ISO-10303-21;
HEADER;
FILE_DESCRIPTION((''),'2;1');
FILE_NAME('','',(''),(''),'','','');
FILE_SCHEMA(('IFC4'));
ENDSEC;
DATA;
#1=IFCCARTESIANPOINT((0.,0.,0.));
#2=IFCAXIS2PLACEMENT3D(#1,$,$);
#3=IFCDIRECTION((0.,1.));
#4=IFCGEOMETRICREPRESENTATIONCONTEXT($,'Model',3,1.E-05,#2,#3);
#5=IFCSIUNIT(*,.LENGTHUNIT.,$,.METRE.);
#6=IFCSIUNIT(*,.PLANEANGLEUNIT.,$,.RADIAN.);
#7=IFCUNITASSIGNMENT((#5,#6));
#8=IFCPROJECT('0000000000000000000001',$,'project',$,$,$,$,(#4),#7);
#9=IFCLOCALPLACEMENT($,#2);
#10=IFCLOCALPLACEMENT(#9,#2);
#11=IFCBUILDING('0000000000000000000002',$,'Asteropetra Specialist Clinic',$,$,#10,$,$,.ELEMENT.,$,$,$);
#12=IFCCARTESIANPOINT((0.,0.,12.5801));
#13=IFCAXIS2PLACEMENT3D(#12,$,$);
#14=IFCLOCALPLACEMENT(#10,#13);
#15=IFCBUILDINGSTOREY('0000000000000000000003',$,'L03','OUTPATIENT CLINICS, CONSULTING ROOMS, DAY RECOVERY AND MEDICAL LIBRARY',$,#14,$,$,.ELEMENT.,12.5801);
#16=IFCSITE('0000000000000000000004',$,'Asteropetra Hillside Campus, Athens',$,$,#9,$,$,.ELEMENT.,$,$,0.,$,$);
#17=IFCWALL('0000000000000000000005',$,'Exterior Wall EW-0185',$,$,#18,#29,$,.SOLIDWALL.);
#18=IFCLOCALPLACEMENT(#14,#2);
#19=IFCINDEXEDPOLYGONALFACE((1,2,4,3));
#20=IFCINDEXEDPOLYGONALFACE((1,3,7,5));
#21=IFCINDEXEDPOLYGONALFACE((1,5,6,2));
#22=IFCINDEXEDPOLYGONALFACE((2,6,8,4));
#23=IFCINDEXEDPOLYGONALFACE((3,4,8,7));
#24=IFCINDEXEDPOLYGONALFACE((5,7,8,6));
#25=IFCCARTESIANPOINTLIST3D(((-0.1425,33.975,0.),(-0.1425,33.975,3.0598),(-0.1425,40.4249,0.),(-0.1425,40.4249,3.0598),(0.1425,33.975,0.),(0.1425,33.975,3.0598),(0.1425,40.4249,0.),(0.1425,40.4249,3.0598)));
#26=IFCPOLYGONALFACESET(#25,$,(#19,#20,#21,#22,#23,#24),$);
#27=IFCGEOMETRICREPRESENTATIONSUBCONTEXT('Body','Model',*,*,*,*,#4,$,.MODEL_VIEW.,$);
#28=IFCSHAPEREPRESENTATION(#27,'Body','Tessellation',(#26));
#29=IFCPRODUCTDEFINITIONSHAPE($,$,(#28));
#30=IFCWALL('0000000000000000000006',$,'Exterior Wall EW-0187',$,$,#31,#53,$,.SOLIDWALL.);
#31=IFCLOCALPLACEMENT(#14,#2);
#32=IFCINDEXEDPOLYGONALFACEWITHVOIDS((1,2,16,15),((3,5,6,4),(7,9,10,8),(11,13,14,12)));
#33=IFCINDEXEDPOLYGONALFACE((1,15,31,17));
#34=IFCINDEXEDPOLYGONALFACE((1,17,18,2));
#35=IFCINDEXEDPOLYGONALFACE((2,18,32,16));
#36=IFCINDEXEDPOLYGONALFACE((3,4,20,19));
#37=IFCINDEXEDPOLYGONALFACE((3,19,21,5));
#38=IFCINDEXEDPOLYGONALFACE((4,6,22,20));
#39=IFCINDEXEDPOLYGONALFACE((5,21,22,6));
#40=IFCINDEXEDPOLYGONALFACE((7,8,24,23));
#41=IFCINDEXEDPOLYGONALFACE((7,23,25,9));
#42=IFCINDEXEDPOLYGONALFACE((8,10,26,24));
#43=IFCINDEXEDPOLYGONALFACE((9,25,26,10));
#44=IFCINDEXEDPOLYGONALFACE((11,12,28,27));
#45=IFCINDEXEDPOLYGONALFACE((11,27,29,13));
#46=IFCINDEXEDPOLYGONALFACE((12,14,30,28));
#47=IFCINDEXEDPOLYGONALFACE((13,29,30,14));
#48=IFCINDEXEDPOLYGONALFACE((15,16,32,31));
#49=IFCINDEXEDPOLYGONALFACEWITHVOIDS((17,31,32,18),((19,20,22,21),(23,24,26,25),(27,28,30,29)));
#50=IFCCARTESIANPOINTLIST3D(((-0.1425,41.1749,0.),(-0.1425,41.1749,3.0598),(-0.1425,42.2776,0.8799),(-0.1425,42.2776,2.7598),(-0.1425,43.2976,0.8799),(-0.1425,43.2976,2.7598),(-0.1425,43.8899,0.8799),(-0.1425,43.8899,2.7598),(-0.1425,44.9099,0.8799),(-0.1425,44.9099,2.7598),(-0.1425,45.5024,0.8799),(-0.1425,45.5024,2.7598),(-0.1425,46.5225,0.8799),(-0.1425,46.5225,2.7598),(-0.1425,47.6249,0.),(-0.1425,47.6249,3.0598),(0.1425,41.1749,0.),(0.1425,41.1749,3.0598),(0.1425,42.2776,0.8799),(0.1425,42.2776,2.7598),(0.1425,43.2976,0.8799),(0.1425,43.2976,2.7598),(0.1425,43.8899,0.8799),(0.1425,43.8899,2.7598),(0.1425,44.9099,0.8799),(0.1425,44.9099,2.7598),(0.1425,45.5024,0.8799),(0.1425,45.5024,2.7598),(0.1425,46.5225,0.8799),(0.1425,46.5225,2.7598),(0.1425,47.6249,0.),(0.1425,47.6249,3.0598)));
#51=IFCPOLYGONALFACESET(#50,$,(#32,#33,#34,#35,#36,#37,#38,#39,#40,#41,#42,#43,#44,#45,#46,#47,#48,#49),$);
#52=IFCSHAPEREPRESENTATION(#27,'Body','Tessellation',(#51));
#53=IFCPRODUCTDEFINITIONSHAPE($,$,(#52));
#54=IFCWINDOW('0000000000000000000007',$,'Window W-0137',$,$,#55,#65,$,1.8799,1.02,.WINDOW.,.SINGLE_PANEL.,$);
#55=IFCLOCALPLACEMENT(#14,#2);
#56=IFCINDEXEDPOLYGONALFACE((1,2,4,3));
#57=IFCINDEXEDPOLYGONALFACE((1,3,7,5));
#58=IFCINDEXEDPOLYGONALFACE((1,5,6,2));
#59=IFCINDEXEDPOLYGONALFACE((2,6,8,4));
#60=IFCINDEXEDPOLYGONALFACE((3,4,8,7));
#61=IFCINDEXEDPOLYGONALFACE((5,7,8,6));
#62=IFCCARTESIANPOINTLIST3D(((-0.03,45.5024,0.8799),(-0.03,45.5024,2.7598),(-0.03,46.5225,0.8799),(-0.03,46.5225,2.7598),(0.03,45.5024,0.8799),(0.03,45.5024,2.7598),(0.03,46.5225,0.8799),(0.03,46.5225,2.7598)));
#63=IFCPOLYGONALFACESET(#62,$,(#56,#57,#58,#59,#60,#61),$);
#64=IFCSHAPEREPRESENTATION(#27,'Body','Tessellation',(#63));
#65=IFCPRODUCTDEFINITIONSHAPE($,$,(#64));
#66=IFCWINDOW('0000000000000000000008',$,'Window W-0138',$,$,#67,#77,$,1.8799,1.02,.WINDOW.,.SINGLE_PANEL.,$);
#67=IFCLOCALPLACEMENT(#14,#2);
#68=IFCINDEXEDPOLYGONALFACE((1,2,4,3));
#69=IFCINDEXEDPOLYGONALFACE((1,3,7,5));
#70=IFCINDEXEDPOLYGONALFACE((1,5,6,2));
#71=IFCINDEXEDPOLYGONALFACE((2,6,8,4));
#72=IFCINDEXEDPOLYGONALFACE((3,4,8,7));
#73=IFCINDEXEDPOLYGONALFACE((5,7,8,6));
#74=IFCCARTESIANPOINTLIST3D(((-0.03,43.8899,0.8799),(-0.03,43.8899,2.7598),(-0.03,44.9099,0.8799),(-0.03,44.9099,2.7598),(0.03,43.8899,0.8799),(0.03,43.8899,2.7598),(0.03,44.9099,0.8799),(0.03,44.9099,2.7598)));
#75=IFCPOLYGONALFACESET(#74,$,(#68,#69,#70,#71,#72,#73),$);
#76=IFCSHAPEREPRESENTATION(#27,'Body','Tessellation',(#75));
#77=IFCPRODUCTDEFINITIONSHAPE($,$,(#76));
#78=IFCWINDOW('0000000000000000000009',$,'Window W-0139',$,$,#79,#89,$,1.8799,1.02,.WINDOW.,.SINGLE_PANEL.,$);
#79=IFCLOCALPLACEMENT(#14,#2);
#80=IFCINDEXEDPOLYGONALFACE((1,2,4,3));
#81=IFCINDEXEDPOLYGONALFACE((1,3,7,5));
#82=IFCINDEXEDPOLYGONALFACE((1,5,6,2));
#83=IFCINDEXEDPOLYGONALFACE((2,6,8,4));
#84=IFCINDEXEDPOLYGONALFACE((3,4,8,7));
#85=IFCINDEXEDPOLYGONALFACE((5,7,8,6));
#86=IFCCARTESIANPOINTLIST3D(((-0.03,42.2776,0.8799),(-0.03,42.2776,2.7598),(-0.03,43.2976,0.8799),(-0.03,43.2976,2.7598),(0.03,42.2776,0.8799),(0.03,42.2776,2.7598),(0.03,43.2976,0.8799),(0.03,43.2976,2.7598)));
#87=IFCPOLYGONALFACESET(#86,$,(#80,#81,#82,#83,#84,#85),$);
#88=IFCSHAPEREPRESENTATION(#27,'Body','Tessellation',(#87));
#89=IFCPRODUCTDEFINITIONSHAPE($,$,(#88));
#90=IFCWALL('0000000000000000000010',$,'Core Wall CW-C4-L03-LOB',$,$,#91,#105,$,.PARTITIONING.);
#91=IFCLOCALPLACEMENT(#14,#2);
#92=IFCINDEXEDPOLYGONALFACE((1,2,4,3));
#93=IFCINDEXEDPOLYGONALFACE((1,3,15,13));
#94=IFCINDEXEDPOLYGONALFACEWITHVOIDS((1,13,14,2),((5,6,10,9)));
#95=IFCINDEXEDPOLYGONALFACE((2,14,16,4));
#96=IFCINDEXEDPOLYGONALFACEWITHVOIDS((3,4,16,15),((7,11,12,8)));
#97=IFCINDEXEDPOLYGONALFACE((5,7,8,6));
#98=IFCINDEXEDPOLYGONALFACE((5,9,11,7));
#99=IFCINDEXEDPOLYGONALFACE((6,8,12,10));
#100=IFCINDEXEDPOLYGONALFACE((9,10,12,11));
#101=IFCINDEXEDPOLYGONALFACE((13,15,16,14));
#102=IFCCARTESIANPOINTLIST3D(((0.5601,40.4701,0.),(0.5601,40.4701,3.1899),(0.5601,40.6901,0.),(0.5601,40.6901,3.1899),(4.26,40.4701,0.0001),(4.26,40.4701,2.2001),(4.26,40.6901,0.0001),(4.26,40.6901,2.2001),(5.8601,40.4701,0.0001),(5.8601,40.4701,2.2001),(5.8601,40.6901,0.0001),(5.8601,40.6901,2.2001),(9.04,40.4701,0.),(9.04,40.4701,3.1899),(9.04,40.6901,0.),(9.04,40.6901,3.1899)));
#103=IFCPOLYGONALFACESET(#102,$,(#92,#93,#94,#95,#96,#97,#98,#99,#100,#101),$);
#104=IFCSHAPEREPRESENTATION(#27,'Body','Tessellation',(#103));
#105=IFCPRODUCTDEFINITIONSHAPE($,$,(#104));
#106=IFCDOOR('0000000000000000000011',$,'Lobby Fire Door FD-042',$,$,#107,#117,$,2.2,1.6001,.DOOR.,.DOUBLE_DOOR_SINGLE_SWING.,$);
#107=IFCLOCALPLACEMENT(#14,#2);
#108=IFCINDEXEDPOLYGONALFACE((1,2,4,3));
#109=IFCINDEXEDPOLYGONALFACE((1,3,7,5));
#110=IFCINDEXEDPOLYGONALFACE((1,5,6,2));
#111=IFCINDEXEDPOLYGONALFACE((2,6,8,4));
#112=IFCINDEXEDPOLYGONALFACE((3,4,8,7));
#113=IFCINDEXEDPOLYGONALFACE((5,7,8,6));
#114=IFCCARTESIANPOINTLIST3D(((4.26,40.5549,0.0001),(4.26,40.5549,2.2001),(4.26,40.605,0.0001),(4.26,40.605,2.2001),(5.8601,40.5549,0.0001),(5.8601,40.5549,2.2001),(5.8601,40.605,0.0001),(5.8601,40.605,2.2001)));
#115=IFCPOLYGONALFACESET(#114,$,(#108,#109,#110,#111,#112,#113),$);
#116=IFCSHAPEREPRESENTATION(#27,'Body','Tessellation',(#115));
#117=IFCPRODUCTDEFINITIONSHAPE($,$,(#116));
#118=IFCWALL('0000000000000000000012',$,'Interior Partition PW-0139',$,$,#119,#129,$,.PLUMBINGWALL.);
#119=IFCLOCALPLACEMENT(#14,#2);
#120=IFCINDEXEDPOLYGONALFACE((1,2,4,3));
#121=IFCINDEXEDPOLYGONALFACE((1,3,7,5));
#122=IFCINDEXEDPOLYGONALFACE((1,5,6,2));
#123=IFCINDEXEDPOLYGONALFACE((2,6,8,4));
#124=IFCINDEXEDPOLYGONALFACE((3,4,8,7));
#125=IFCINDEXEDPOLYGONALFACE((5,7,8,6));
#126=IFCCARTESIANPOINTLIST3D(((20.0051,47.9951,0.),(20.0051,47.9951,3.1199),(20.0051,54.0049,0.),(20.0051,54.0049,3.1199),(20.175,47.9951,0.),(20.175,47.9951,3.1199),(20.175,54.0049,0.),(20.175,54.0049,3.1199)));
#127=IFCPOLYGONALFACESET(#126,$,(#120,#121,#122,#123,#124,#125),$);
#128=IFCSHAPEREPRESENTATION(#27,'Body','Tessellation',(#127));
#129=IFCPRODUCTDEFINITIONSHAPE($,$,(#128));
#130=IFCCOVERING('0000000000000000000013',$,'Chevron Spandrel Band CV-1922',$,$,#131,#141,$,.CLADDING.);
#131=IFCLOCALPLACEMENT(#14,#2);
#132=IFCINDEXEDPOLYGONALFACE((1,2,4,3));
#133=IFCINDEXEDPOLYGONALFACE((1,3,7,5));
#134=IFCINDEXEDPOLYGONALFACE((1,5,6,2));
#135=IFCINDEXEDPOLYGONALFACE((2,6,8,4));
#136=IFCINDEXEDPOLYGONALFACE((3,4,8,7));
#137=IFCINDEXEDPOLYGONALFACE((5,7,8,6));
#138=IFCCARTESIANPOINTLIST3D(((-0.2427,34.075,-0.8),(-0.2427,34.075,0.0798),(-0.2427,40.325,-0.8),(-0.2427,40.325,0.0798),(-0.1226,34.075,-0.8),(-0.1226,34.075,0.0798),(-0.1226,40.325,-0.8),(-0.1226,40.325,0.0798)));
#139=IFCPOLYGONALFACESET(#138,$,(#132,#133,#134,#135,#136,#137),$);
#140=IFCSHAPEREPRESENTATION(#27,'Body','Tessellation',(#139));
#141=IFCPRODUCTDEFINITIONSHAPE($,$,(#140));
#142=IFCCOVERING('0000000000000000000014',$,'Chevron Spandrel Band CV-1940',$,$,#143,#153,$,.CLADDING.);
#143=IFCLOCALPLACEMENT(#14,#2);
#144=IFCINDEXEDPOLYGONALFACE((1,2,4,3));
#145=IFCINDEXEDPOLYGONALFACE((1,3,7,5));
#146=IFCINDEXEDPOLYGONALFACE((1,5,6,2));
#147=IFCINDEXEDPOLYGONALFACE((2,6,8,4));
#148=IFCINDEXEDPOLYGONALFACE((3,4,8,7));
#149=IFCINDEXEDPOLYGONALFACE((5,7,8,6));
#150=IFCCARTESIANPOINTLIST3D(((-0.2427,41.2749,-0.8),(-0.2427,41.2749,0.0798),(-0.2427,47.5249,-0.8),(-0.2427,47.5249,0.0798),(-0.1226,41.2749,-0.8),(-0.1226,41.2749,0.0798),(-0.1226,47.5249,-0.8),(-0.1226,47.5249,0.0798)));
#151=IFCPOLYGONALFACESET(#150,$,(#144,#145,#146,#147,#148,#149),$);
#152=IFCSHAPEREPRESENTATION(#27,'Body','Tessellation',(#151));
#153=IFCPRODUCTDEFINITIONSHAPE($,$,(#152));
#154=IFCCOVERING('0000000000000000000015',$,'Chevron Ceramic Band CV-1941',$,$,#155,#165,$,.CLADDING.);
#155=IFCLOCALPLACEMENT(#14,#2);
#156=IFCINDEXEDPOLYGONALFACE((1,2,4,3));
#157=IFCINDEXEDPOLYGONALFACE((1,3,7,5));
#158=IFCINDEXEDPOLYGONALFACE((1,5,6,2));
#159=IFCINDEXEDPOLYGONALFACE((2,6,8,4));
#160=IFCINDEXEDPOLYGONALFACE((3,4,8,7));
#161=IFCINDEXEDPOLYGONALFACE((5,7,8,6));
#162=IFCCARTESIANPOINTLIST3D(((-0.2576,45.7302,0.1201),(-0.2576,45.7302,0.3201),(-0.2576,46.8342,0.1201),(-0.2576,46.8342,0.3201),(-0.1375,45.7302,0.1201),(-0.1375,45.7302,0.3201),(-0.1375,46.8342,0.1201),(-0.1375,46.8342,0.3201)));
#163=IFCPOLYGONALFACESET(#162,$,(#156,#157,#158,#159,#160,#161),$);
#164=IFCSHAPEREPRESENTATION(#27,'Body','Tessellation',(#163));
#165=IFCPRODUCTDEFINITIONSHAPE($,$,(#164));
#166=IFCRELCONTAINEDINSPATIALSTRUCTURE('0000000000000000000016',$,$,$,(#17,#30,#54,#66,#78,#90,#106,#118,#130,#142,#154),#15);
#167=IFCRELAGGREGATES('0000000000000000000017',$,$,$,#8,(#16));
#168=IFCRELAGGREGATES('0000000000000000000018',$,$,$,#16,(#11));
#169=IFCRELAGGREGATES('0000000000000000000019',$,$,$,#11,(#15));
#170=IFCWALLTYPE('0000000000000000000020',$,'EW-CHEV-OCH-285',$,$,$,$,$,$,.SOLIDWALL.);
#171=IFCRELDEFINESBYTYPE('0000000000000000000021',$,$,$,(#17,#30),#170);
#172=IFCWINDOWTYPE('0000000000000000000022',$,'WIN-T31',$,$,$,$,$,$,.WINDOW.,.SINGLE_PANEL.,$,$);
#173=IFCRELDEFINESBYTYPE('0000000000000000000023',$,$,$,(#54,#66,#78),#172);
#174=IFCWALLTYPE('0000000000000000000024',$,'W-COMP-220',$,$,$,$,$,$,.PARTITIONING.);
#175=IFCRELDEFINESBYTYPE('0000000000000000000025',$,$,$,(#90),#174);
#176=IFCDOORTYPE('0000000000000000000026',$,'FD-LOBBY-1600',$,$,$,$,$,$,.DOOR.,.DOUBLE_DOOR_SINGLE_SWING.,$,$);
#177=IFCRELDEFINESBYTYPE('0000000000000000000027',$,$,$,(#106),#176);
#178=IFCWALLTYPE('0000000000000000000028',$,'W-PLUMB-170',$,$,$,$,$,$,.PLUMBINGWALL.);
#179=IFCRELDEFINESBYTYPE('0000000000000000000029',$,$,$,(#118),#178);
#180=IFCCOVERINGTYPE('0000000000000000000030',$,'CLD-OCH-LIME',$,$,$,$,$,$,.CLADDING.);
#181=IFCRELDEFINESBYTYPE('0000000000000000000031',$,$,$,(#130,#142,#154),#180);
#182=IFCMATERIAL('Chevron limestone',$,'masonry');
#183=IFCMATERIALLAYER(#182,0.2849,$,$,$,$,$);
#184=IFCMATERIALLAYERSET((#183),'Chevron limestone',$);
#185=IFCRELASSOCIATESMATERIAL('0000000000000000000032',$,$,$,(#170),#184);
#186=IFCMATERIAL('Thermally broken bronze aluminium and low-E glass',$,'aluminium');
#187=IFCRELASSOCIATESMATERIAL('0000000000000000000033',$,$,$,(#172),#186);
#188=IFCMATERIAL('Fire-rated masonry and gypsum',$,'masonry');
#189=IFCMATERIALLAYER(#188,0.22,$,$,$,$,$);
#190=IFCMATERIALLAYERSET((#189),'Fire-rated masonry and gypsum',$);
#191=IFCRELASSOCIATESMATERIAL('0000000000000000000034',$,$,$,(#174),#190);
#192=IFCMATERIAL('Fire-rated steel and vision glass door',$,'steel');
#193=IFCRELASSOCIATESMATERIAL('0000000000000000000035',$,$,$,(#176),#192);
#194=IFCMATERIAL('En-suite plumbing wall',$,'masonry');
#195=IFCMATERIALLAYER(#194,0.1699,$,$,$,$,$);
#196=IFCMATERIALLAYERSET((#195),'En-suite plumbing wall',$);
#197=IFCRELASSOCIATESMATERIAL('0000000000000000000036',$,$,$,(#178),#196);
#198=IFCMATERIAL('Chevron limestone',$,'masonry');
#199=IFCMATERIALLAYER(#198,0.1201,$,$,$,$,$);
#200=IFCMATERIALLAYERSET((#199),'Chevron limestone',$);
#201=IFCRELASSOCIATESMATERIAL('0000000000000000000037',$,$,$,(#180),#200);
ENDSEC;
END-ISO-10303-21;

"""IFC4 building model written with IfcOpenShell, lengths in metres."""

from ifc_helpers import new_model, si_unit, direction, frame, frame_2d, origin, origin_2d, place, context, subcontext, project, spatial, rectangle, extrude, material, layer, layer_set, type_object, element, fill, save


model = new_model("IFC4")

# Units and contexts
model_context = context("Model", 3, precision=1e-05, world=origin(), true_north=direction((0.0, 1.0)))
body_context = subcontext(model_context, "Body", "Model", "MODEL_VIEW")
ifc_project = project(units=[si_unit("LENGTHUNIT", "METRE"), si_unit("PLANEANGLEUNIT", "RADIAN")], contexts=[model_context])

# Site, building, storey
site_placement = place(None, origin())
site = spatial("IfcSite", under=ifc_project, at=site_placement, Name="Asteropetra Hillside Campus, Athens", CompositionType="ELEMENT", RefElevation=0.0)
building_placement = place(site_placement, origin())
building = spatial("IfcBuilding", under=site, at=building_placement, Name="Asteropetra Specialist Clinic", CompositionType="ELEMENT")
storey_placement = place(building_placement, frame((0.0, 0.0, 12.5801)))
storey = spatial("IfcBuildingStorey", under=building, at=storey_placement, Name="L03", Description="OUTPATIENT CLINICS, CONSULTING ROOMS, DAY RECOVERY AND MEDICAL LIBRARY", CompositionType="ELEMENT", Elevation=12.5801)

# Wall
ifc_material_1 = material(Name="Chevron limestone", Category="masonry")
ifc_layer_1 = layer(ifc_material_1, 0.2849)
ifc_layer_set_1 = layer_set([ifc_layer_1], Name="Chevron limestone")
wall_type_1 = type_object("IfcWallType", Name="EW-CHEV-OCH-285", PredefinedType="SOLIDWALL", material=ifc_layer_set_1)
wall_1_placement = place(storey_placement, frame((0.0, 40.425, 0.0), z_axis=(0.0, 0.0, 1.0), x_axis=(0.0, -1.0, 0.0)))
element("IfcWall", 1, at=wall_1_placement, inside=storey, type_object=wall_type_1, Name="Exterior Wall EW-0185", PredefinedType="SOLIDWALL", context=body_context, shape_type="SweptSolid", body=[
    extrude(rectangle(XDim=6.45, YDim=0.2849, at=frame_2d((3.2251, 0.0))), origin(), (0.0, 0.0, 1.0), 3.0598),
])

# Wall, openings, windows
wall_2_placement = place(storey_placement, frame((0.0, 47.625, 0.0), z_axis=(0.0, 0.0, 1.0), x_axis=(0.0, -1.0, 0.0)))
wall_2 = element("IfcWall", 2, at=wall_2_placement, inside=storey, type_object=wall_type_1, Name="Exterior Wall EW-0187", PredefinedType="SOLIDWALL", context=body_context, shape_type="SweptSolid", body=[
    extrude(rectangle(XDim=6.45, YDim=0.2849, at=frame_2d((3.2251, 0.0))), origin(), (0.0, 0.0, 1.0), 3.0598),
])
opening_1_placement = place(wall_2_placement, frame((1.1025, 0.0, 0.8799)))
opening_1 = element("IfcOpeningElement", 3, at=opening_1_placement, cuts=wall_2, PredefinedType="OPENING", context=body_context, shape_type="SweptSolid", body=[
    extrude(rectangle(XDim=1.02, YDim=1.8799, at=frame_2d((0.51, 0.9399))), frame((0.0, 0.1523, 0.0), z_axis=(0.0, -1.0, 0.0), x_axis=(1.0, 0.0, 0.0)), (0.0, 0.0, 1.0), 0.3049),
])
opening_2_placement = place(wall_2_placement, frame((2.7151, 0.0, 0.8799)))
opening_2 = element("IfcOpeningElement", 4, at=opening_2_placement, cuts=wall_2, PredefinedType="OPENING", context=body_context, shape_type="SweptSolid", body=[
    extrude(rectangle(XDim=1.02, YDim=1.8799, at=frame_2d((0.51, 0.9399))), frame((0.0, 0.1523, 0.0), z_axis=(0.0, -1.0, 0.0), x_axis=(1.0, 0.0, 0.0)), (0.0, 0.0, 1.0), 0.3049),
])
opening_3_placement = place(wall_2_placement, frame((4.3274, 0.0, 0.8799)))
opening_3 = element("IfcOpeningElement", 5, at=opening_3_placement, cuts=wall_2, PredefinedType="OPENING", context=body_context, shape_type="SweptSolid", body=[
    extrude(rectangle(XDim=1.02, YDim=1.8799, at=frame_2d((0.51, 0.9399))), frame((0.0, 0.1523, 0.0), z_axis=(0.0, -1.0, 0.0), x_axis=(1.0, 0.0, 0.0)), (0.0, 0.0, 1.0), 0.3049),
])
ifc_material_2 = material(Name="Thermally broken bronze aluminium and low-E glass", Category="aluminium")
window_type = type_object("IfcWindowType", Name="WIN-T31", PartitioningType="SINGLE_PANEL", PredefinedType="WINDOW", material=ifc_material_2)
window_1_placement = place(opening_1_placement, origin())
window_1 = element("IfcWindow", 6, at=window_1_placement, inside=storey, type_object=window_type, Name="Window W-0137", OverallHeight=1.8799, OverallWidth=1.02, PartitioningType="SINGLE_PANEL", PredefinedType="WINDOW", context=body_context, shape_type="SweptSolid", body=[
    extrude(rectangle(XDim=1.02, YDim=1.8799, at=frame_2d((0.51, 0.9399))), frame((0.0, 0.03, 0.0), z_axis=(0.0, -1.0, 0.0), x_axis=(1.0, 0.0, 0.0)), (0.0, 0.0, 1.0), 0.0601),
])
fill(opening_1, window_1)
window_2_placement = place(opening_2_placement, origin())
window_2 = element("IfcWindow", 7, at=window_2_placement, inside=storey, type_object=window_type, Name="Window W-0138", OverallHeight=1.8799, OverallWidth=1.02, PartitioningType="SINGLE_PANEL", PredefinedType="WINDOW", context=body_context, shape_type="SweptSolid", body=[
    extrude(rectangle(XDim=1.02, YDim=1.8799, at=frame_2d((0.51, 0.9399))), frame((0.0, 0.03, 0.0), z_axis=(0.0, -1.0, 0.0), x_axis=(1.0, 0.0, 0.0)), (0.0, 0.0, 1.0), 0.0601),
])
fill(opening_2, window_2)
window_3_placement = place(opening_3_placement, origin())
window_3 = element("IfcWindow", 8, at=window_3_placement, inside=storey, type_object=window_type, Name="Window W-0139", OverallHeight=1.8799, OverallWidth=1.02, PartitioningType="SINGLE_PANEL", PredefinedType="WINDOW", context=body_context, shape_type="SweptSolid", body=[
    extrude(rectangle(XDim=1.02, YDim=1.8799, at=frame_2d((0.51, 0.9399))), frame((0.0, 0.03, 0.0), z_axis=(0.0, -1.0, 0.0), x_axis=(1.0, 0.0, 0.0)), (0.0, 0.0, 1.0), 0.0601),
])
fill(opening_3, window_3)

# Wall, opening, door
ifc_material_3 = material(Name="Fire-rated masonry and gypsum", Category="masonry")
ifc_layer_2 = layer(ifc_material_3, 0.22)
ifc_layer_set_2 = layer_set([ifc_layer_2], Name="Fire-rated masonry and gypsum")
wall_type_2 = type_object("IfcWallType", Name="W-COMP-220", PredefinedType="PARTITIONING", material=ifc_layer_set_2)
wall_3_placement = place(storey_placement, frame((0.5601, 40.5801, 0.0), z_axis=(0.0, 0.0, 1.0), x_axis=(1.0, 0.0, 0.0)))
wall_3 = element("IfcWall", 9, at=wall_3_placement, inside=storey, type_object=wall_type_2, Name="Core Wall CW-C4-L03-LOB", PredefinedType="PARTITIONING", context=body_context, shape_type="SweptSolid", body=[
    extrude(rectangle(XDim=8.48, YDim=0.22, at=frame_2d((4.24, 0.0))), origin(), (0.0, 0.0, 1.0), 3.1899),
])
opening_4_placement = place(wall_3_placement, frame((3.7, 0.0, 0.0)))
opening_4 = element("IfcOpeningElement", 10, at=opening_4_placement, cuts=wall_3, PredefinedType="OPENING", context=body_context, shape_type="SweptSolid", body=[
    extrude(rectangle(XDim=1.6001, YDim=2.2, at=frame_2d((0.8, 1.1001))), frame((0.0, 0.1199, 0.0), z_axis=(0.0, -1.0, 0.0), x_axis=(1.0, 0.0, 0.0)), (0.0, 0.0, 1.0), 0.24),
])
ifc_material_4 = material(Name="Fire-rated steel and vision glass door", Category="steel")
door_type_1 = type_object("IfcDoorType", Name="FD-LOBBY-1600", OperationType="DOUBLE_DOOR_SINGLE_SWING", PredefinedType="DOOR", material=ifc_material_4)
door_1_placement = place(opening_4_placement, origin())
door_1 = element("IfcDoor", 11, at=door_1_placement, inside=storey, type_object=door_type_1, Name="Lobby Fire Door FD-042", OperationType="DOUBLE_DOOR_SINGLE_SWING", OverallHeight=2.2, OverallWidth=1.6001, PredefinedType="DOOR", context=body_context, shape_type="SweptSolid", body=[
    extrude(rectangle(XDim=1.6001, YDim=2.2, at=frame_2d((0.8, 1.1001))), frame((0.0, 0.0249, 0.0), z_axis=(0.0, -1.0, 0.0), x_axis=(1.0, 0.0, 0.0)), (0.0, 0.0, 1.0), 0.05),
])
fill(opening_4, door_1)

# Wall
ifc_material_5 = material(Name="En-suite plumbing wall", Category="masonry")
ifc_layer_3 = layer(ifc_material_5, 0.1699)
ifc_layer_set_3 = layer_set([ifc_layer_3], Name="En-suite plumbing wall")
wall_type_3 = type_object("IfcWallType", Name="W-PLUMB-170", PredefinedType="PLUMBINGWALL", material=ifc_layer_set_3)
wall_4_placement = place(storey_placement, frame((20.0901, 47.9951, 0.0), z_axis=(0.0, 0.0, 1.0), x_axis=(0.0, 1.0, 0.0)))
element("IfcWall", 12, at=wall_4_placement, inside=storey, type_object=wall_type_3, Name="Interior Partition PW-0139", PredefinedType="PLUMBINGWALL", context=body_context, shape_type="SweptSolid", body=[
    extrude(rectangle(XDim=6.0098, YDim=0.1699, at=frame_2d((3.0049, 0.0))), origin(), (0.0, 0.0, 1.0), 3.1199),
])

# Coverings
ifc_material_6 = material(Name="Chevron limestone", Category="masonry")
ifc_layer_4 = layer(ifc_material_6, 0.1201)
ifc_layer_set_4 = layer_set([ifc_layer_4], Name="Chevron limestone")
covering_type = type_object("IfcCoveringType", Name="CLD-OCH-LIME", PredefinedType="CLADDING", material=ifc_layer_set_4)
for number, where, z_axis, x_axis, name in (
    (13, (-0.1826, 37.2, -0.8), (0.0, 0.0, 1.0), (1.0, 0.0, 0.0), "Chevron Spandrel Band CV-1922"),
    (14, (-0.1826, 44.3999, -0.8), (0.0, 0.0, 1.0), (1.0, 0.0, 0.0), "Chevron Spandrel Band CV-1940"),
):
    element("IfcCovering", number, at=place(storey_placement, frame(where, z_axis=z_axis, x_axis=x_axis)), inside=storey, type_object=covering_type, Name=name, PredefinedType="CLADDING", context=body_context, shape_type="SweptSolid", body=[
        extrude(rectangle(XDim=0.1201, YDim=6.25, at=origin_2d()), origin(), (0.0, 0.0, 1.0), 0.8799),
    ])
for number, where, z_axis, x_axis, name in (
    (15, (-0.1975, 46.2822, 0.1201), (0.0, 0.0, 1.0), (1.0, 0.0, 0.0), "Chevron Ceramic Band CV-1941"),
):
    element("IfcCovering", number, at=place(storey_placement, frame(where, z_axis=z_axis, x_axis=x_axis)), inside=storey, type_object=covering_type, Name=name, PredefinedType="CLADDING", context=body_context, shape_type="SweptSolid", body=[
        extrude(rectangle(XDim=0.1201, YDim=1.104, at=origin_2d()), origin(), (0.0, 0.0, 1.0), 0.2),
    ])

save(model, "model.ifc")
